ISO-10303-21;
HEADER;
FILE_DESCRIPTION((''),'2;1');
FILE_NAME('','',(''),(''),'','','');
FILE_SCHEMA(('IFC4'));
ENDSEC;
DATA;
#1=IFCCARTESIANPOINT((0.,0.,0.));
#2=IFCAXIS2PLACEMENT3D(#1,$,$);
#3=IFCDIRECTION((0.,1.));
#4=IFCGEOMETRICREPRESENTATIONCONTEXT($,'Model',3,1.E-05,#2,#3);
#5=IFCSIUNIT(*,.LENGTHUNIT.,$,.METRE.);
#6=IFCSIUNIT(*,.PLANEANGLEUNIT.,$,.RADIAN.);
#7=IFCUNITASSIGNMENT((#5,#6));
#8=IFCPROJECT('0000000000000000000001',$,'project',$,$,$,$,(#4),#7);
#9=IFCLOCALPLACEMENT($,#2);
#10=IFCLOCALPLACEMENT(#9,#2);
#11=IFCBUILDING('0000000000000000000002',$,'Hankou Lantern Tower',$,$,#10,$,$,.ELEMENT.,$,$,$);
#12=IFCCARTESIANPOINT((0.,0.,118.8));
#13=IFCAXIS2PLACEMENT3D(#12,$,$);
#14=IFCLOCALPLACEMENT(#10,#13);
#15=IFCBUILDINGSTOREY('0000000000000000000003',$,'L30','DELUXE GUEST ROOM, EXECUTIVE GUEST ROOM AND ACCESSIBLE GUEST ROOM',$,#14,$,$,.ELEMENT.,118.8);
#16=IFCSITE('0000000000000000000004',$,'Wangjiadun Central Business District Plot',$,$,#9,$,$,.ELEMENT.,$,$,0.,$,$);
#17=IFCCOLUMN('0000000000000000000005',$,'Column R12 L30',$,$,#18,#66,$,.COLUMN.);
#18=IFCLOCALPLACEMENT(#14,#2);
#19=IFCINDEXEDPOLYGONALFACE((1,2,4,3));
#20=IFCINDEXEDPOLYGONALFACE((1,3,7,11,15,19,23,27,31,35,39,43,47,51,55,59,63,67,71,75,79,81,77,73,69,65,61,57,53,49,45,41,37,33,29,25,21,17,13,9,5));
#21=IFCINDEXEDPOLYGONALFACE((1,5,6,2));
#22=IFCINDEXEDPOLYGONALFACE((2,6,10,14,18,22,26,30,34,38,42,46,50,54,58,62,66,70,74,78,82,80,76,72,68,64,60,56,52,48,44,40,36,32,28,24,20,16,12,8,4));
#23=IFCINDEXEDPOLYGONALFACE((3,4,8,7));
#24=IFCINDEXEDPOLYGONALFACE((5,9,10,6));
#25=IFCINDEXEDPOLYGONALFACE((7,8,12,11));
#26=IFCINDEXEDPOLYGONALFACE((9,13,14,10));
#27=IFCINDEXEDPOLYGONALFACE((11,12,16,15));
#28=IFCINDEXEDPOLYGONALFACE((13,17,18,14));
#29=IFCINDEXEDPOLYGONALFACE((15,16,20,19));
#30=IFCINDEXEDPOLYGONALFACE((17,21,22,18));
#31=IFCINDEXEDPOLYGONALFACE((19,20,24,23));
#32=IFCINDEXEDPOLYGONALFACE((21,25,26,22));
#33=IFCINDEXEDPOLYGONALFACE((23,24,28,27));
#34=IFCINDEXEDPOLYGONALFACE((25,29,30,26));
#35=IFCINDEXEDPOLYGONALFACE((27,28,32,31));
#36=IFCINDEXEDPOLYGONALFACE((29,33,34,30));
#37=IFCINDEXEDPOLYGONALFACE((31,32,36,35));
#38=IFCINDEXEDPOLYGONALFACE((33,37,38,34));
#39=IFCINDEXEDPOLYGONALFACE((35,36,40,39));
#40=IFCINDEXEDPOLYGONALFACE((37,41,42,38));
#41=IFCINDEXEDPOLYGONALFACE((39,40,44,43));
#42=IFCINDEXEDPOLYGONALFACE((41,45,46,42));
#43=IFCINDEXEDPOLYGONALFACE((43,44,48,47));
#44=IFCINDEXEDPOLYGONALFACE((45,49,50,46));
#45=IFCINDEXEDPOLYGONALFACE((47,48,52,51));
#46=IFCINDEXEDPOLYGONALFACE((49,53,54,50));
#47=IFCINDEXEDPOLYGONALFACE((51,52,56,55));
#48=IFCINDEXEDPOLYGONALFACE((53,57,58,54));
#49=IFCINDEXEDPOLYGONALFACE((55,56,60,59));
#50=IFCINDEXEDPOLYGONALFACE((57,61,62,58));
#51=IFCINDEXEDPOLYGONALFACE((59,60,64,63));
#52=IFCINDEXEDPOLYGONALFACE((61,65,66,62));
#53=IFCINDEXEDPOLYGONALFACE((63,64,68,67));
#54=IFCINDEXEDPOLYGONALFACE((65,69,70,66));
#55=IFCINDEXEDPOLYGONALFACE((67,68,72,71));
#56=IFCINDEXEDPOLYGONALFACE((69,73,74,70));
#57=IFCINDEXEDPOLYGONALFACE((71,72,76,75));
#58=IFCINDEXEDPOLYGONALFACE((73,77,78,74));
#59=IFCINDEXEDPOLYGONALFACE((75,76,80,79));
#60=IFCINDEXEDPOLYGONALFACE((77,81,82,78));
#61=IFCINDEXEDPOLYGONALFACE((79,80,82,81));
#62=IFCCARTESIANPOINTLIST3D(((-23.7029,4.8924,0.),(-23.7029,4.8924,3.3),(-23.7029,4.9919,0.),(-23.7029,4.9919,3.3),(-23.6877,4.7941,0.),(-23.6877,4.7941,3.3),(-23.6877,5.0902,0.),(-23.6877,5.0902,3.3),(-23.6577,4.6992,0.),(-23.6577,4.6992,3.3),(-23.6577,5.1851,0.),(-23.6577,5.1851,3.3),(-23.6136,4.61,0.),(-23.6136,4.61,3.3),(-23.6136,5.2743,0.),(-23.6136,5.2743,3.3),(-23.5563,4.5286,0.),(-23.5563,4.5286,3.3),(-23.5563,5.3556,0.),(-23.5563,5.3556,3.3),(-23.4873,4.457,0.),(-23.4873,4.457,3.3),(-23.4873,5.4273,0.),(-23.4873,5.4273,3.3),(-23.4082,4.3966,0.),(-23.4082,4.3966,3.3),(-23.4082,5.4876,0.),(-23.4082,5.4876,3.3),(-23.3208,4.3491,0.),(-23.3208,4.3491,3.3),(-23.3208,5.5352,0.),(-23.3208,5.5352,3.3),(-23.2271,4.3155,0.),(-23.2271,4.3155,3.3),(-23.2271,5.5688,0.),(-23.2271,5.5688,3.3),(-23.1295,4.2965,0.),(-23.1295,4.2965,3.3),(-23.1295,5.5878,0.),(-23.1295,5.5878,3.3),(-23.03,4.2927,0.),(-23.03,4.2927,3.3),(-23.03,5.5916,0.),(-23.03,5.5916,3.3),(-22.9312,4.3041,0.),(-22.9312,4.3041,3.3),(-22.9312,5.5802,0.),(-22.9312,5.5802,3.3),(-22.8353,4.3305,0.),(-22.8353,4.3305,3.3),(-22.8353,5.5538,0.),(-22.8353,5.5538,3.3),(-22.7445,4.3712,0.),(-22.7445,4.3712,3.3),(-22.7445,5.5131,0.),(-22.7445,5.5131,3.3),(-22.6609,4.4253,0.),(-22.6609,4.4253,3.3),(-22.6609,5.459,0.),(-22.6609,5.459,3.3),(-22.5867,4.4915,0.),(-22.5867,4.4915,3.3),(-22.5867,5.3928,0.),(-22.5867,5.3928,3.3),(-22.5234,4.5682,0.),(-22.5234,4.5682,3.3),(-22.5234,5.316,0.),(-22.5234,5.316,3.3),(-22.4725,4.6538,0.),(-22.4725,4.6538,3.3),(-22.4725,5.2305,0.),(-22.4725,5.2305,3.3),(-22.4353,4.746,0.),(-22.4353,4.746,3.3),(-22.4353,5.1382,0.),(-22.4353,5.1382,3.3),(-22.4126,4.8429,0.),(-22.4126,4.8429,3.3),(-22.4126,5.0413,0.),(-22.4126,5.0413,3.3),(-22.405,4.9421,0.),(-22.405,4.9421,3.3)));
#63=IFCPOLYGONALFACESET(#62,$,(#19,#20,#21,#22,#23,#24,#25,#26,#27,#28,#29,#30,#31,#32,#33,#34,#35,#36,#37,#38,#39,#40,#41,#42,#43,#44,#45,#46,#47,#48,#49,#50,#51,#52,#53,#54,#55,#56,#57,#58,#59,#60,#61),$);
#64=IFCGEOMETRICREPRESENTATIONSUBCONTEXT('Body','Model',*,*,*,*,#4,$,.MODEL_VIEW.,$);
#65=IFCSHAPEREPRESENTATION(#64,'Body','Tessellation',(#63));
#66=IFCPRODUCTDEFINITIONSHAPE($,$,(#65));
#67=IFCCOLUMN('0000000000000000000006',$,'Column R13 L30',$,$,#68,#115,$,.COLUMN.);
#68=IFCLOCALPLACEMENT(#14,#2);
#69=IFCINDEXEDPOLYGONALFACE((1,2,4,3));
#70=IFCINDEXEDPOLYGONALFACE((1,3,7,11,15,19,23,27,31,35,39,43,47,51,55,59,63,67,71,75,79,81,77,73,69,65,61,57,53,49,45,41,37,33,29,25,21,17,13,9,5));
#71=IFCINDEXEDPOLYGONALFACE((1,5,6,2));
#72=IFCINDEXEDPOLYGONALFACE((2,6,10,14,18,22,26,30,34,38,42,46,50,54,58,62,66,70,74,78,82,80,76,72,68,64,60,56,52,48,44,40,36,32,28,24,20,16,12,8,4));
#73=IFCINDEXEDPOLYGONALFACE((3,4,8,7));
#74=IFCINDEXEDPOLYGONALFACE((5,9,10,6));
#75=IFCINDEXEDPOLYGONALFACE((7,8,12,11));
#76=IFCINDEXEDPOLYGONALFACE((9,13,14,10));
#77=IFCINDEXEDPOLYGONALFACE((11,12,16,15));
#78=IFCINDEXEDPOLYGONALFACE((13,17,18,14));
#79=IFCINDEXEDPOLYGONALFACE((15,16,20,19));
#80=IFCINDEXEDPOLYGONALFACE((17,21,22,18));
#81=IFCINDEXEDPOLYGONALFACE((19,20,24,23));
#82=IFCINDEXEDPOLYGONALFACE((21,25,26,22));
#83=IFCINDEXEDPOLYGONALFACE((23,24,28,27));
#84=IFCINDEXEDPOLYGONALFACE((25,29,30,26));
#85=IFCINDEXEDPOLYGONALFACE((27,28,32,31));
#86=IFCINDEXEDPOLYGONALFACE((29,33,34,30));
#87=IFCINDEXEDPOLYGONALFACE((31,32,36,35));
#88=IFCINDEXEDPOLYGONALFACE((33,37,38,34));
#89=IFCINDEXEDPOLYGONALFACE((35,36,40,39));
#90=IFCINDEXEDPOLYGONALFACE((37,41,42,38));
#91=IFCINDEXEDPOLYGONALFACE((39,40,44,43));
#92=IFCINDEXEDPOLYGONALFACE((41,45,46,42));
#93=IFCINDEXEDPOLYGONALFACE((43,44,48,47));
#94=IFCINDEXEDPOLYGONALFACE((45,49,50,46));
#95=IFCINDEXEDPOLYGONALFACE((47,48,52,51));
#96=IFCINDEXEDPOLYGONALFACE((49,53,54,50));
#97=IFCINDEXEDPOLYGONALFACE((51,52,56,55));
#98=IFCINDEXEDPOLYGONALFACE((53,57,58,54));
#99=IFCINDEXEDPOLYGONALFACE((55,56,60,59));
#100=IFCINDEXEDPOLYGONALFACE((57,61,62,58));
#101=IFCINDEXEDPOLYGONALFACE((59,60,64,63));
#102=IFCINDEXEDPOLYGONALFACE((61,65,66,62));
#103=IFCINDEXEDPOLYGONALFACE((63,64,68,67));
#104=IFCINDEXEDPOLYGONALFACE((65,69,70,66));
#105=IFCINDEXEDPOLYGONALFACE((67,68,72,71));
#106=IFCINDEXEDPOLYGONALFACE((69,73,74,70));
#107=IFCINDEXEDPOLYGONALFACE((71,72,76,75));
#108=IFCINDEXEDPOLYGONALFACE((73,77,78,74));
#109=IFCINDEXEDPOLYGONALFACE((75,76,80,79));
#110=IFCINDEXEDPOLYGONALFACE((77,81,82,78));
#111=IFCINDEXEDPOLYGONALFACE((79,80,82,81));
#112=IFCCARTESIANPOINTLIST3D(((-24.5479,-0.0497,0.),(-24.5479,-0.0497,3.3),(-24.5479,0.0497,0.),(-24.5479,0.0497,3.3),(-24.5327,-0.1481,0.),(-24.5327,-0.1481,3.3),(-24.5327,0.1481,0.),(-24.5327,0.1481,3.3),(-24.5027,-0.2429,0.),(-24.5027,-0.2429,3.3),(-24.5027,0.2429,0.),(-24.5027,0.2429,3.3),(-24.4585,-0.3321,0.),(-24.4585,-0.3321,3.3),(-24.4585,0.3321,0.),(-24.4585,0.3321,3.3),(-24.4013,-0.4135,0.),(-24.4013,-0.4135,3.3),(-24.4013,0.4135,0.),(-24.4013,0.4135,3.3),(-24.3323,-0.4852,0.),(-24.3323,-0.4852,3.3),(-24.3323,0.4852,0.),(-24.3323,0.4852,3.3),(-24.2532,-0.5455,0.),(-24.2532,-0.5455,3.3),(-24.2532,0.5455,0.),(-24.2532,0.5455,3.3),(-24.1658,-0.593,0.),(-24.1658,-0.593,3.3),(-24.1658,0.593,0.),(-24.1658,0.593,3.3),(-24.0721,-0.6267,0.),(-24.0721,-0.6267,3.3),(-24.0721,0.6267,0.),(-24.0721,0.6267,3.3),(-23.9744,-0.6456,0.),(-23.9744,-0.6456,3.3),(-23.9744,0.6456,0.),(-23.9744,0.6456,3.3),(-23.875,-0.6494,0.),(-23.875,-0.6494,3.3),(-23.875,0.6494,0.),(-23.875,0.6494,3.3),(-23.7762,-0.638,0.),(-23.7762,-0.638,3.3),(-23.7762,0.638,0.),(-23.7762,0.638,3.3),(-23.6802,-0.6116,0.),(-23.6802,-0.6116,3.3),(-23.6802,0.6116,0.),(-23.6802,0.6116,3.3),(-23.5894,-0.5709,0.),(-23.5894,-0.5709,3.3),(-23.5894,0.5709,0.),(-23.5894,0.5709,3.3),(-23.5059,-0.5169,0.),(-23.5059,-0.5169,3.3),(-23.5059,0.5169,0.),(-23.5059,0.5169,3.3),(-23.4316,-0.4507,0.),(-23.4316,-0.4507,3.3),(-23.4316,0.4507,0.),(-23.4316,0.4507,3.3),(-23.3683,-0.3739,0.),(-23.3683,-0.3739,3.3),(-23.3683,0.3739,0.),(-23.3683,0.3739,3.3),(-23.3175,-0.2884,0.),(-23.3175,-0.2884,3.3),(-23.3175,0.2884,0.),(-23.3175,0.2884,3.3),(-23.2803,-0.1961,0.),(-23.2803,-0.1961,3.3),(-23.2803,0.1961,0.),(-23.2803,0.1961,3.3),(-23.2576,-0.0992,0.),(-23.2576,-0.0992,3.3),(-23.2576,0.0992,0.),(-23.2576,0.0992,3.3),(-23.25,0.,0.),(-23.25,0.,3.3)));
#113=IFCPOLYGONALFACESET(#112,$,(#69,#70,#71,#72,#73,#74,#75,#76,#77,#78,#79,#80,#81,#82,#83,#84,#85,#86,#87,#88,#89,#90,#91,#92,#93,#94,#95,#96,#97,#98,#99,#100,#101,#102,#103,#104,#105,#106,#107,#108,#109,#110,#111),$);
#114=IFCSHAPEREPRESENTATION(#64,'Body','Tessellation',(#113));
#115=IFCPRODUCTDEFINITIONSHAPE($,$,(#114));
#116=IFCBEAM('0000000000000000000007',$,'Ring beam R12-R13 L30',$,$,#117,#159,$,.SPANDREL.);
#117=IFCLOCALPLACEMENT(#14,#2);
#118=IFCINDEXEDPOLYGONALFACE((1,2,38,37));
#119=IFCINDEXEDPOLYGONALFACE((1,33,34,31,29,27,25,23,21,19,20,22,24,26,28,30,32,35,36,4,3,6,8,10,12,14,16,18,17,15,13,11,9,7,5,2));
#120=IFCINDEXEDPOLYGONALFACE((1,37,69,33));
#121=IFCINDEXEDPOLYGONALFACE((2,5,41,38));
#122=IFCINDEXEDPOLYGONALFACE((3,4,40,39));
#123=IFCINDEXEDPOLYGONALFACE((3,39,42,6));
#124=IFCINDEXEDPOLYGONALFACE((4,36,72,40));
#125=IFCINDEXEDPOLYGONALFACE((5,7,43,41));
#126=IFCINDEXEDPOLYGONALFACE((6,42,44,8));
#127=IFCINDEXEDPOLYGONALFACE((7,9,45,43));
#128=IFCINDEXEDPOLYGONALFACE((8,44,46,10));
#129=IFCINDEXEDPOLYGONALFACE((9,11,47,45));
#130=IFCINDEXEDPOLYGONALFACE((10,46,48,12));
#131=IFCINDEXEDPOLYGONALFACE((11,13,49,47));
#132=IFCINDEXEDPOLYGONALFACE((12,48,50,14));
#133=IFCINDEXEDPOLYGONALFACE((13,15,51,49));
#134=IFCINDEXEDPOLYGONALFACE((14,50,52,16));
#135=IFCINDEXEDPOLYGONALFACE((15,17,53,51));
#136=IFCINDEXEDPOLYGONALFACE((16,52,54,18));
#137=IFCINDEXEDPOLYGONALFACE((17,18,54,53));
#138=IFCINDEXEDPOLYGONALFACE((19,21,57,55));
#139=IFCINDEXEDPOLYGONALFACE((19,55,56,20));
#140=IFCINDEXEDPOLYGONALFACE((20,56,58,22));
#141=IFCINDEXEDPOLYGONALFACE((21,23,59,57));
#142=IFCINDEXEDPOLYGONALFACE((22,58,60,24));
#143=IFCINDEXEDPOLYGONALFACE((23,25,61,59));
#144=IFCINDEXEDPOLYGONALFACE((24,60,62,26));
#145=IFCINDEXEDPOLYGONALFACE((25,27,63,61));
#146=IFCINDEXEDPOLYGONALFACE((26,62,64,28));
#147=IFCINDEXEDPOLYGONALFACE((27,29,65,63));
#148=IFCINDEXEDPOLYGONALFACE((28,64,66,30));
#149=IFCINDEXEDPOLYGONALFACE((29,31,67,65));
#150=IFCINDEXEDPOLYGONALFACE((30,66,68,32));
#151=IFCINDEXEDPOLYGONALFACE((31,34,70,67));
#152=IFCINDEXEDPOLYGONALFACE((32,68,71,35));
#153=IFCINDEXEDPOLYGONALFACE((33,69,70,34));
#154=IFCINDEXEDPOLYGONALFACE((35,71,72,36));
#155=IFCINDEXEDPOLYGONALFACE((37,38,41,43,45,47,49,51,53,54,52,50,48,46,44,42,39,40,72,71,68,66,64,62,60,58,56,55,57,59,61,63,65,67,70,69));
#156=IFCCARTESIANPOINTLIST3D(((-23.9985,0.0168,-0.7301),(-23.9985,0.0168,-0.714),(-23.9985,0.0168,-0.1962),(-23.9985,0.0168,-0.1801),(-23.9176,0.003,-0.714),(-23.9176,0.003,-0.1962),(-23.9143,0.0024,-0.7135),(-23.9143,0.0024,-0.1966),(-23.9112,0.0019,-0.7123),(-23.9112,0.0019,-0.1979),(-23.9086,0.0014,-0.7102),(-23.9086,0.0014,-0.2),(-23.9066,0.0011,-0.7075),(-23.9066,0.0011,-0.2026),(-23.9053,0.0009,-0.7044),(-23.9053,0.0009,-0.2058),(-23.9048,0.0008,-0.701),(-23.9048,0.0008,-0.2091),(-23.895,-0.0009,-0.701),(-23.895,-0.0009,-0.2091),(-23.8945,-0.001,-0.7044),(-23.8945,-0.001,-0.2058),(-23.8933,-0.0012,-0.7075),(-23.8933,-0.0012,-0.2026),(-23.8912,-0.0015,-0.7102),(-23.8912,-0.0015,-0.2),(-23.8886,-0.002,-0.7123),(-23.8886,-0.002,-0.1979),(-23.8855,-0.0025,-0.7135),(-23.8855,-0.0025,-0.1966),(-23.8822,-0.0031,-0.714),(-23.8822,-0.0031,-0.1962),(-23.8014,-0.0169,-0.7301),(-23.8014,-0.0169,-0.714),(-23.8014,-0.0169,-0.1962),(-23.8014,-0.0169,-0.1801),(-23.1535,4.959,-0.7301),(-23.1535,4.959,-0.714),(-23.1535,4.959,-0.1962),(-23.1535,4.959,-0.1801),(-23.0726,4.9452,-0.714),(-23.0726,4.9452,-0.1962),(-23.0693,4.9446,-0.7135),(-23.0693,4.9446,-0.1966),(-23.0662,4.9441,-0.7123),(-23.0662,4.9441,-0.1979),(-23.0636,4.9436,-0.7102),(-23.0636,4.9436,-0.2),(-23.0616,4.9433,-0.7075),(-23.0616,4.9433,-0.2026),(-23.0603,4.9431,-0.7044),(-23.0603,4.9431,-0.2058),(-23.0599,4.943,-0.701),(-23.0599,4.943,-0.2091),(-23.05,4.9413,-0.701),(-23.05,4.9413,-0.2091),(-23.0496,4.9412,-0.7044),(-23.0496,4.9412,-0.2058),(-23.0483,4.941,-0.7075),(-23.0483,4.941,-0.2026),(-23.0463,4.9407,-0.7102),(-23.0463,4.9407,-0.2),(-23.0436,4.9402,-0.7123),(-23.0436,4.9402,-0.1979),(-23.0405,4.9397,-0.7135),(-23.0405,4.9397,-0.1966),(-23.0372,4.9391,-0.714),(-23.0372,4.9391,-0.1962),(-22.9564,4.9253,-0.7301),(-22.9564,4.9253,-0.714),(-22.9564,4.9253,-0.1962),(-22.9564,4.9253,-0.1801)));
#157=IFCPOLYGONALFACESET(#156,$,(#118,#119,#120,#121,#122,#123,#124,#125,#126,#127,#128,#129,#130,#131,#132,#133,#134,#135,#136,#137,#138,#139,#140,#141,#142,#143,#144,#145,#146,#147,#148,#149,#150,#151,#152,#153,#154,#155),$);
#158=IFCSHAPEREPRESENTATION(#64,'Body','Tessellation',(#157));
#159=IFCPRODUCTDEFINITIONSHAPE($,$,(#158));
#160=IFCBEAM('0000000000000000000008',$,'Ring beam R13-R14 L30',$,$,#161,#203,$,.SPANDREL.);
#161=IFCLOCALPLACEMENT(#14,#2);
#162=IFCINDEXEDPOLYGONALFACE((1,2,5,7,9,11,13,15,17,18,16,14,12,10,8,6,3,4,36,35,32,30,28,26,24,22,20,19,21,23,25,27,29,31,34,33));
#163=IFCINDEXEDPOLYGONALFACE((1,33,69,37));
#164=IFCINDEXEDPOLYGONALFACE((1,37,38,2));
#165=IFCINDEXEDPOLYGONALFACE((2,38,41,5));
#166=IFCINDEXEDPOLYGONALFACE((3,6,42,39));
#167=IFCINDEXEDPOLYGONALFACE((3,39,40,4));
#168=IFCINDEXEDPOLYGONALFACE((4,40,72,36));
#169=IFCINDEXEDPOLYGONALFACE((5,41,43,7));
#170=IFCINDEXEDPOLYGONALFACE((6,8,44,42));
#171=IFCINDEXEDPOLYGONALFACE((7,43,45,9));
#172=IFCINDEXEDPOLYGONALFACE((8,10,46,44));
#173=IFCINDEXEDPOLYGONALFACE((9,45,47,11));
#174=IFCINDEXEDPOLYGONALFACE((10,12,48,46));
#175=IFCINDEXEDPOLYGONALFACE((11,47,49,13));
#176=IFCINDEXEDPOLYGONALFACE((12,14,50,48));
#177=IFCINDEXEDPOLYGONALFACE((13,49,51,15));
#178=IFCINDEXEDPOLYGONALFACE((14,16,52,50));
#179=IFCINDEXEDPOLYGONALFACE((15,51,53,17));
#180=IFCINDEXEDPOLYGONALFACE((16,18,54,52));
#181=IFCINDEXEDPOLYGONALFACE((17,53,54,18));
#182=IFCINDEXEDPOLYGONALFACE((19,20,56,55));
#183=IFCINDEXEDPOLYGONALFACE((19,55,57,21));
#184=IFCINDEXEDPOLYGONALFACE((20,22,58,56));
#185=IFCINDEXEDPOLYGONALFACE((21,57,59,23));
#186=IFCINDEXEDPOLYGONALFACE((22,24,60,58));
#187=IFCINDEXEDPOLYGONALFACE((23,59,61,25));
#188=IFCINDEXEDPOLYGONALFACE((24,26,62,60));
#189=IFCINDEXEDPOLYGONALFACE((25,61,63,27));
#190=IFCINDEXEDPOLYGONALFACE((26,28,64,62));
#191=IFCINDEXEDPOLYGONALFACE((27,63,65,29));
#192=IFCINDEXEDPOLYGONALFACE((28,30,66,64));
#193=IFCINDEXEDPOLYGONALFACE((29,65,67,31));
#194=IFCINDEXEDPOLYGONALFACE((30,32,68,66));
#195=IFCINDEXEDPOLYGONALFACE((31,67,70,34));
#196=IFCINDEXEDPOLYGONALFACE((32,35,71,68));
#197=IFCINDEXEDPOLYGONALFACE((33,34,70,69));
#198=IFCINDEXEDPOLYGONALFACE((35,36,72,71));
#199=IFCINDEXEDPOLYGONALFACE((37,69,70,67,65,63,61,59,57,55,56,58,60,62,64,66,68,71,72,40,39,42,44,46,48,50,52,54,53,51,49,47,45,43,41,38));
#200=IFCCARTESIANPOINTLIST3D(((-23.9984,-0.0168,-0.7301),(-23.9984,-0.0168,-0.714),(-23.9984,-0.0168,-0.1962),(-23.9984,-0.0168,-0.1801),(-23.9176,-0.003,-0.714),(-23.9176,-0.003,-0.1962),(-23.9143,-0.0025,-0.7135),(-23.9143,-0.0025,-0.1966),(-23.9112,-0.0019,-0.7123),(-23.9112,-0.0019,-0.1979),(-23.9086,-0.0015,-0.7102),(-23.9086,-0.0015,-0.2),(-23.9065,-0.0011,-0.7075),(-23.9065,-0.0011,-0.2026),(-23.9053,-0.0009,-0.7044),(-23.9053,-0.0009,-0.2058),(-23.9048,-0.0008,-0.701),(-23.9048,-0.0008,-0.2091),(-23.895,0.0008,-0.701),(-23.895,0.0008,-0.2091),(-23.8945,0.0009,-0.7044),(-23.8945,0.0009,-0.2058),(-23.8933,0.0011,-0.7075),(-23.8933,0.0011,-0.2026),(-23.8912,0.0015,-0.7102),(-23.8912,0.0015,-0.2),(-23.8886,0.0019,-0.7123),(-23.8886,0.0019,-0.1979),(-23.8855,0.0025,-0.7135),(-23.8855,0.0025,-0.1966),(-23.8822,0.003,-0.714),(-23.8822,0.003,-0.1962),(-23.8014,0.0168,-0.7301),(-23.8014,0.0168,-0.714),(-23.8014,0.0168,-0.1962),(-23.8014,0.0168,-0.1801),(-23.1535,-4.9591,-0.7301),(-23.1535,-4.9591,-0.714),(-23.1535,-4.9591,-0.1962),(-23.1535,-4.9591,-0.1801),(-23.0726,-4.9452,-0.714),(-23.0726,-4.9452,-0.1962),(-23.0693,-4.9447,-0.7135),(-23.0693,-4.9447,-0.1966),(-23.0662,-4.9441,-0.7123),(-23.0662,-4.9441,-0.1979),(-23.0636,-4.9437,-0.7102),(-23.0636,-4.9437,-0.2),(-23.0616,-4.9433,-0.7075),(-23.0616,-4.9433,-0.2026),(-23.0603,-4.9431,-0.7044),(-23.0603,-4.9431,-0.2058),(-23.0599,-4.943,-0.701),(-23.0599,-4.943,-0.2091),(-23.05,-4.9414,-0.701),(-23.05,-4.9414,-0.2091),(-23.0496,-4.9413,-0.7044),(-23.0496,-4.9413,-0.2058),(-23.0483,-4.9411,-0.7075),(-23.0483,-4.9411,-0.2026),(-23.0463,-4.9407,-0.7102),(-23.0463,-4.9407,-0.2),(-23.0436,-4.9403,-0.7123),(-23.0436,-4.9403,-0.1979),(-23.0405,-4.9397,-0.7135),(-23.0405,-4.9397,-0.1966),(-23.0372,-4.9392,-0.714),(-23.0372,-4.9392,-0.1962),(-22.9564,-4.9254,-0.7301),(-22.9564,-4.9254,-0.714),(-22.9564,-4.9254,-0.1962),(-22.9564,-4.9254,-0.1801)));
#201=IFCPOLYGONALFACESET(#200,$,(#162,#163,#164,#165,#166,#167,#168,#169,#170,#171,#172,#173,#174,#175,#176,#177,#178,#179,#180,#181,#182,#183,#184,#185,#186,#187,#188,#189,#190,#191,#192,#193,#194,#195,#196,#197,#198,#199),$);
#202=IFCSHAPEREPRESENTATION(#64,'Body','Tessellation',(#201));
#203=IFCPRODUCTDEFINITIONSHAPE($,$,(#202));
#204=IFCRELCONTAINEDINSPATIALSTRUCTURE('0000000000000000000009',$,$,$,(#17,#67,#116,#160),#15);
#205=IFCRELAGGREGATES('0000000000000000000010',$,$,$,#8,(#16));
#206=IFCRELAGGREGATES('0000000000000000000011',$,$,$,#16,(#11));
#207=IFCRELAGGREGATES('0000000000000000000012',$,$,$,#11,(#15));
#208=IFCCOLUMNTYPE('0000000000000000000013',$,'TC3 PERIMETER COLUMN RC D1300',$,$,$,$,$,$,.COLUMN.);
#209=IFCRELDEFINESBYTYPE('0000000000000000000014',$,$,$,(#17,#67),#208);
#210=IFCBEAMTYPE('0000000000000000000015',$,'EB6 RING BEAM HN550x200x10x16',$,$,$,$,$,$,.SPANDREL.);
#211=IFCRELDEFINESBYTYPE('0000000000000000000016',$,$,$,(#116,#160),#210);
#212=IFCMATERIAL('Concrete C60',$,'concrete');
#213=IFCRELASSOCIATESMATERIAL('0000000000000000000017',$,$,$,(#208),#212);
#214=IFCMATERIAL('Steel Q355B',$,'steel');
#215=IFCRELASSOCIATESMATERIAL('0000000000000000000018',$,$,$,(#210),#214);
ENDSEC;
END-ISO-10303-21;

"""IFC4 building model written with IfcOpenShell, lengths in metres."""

from ifc_helpers import new_model, si_unit, direction, frame, origin, origin_2d, place, context, subcontext, project, spatial, circle, i_section, extrude, material, material_profile, profile_set, type_object, element, save


model = new_model("IFC4")

# Units and contexts
model_context = context("Model", 3, precision=1e-05, world=origin(), true_north=direction((0.0, 1.0)))
body_context = subcontext(model_context, "Body", "Model", "MODEL_VIEW")
ifc_project = project(units=[si_unit("LENGTHUNIT", "METRE"), si_unit("PLANEANGLEUNIT", "RADIAN")], contexts=[model_context])

# Site, building, storey
site_placement = place(None, origin())
site = spatial("IfcSite", under=ifc_project, at=site_placement, Name="Wangjiadun Central Business District Plot", CompositionType="ELEMENT", RefElevation=0.0)
building_placement = place(site_placement, origin())
building = spatial("IfcBuilding", under=site, at=building_placement, Name="Hankou Lantern Tower", CompositionType="ELEMENT")
storey_placement = place(building_placement, frame((0.0, 0.0, 118.8)))
storey = spatial("IfcBuildingStorey", under=building, at=storey_placement, Name="L30", Description="DELUXE GUEST ROOM, EXECUTIVE GUEST ROOM AND ACCESSIBLE GUEST ROOM", CompositionType="ELEMENT", Elevation=118.8)

# Columns
ifc_material_1 = material(Name="Concrete C60", Category="concrete")
ifc_material_profile_1 = material_profile(ifc_material_1, circle(Radius=0.6499, at=origin_2d()), Name="RC D1300")
ifc_profile_set_1 = profile_set([ifc_material_profile_1], Name="Concrete C60")
column_type = type_object("IfcColumnType", Name="TC3 PERIMETER COLUMN RC D1300", PredefinedType="COLUMN", material=ifc_profile_set_1)
for number, where, z_axis, x_axis, name in (
    (1, (-23.0549, 4.9421, 0.0), (0.0, 0.0, 1.0), (1.0, 0.0, 0.0), "Column R12 L30"),
    (2, (-23.8999, 0.0, 0.0), (0.0, 0.0, 1.0), (1.0, 0.0, 0.0), "Column R13 L30"),
):
    element("IfcColumn", number, at=place(storey_placement, frame(where, z_axis=z_axis, x_axis=x_axis)), inside=storey, type_object=column_type, Name=name, PredefinedType="COLUMN", context=body_context, shape_type="SweptSolid", body=[
        extrude(circle(Radius=0.6499, at=origin_2d()), origin(), (0.0, 0.0, 1.0), 3.3),
    ])

# Beams
ifc_material_2 = material(Name="Steel Q355B", Category="steel")
ifc_material_profile_2 = material_profile(ifc_material_2, i_section(OverallWidth=0.2, OverallDepth=0.55, WebThickness=0.01, FlangeThickness=0.0161, FilletRadius=0.0129, at=origin_2d()), Name="HN550x200x10x16")
ifc_profile_set_2 = profile_set([ifc_material_profile_2], Name="Steel Q355B")
beam_type_1 = type_object("IfcBeamType", Name="EB6 RING BEAM HN550x200x10x16", PredefinedType="SPANDREL", material=ifc_profile_set_2)
for number, where, z_axis, x_axis, name in (
    (3, (-23.0549, 4.9421, -0.4551), (-0.168527, -0.985697, 0.0), (0.985697, -0.168527, 0.0), "Ring beam R12-R13 L30"),
    (4, (-23.8999, 0.0, -0.4551), (0.168527, -0.985697, 0.0), (0.985697, 0.168527, 0.0), "Ring beam R13-R14 L30"),
):
    element("IfcBeam", number, at=place(storey_placement, frame(where, z_axis=z_axis, x_axis=x_axis)), inside=storey, type_object=beam_type_1, Name=name, PredefinedType="SPANDREL", context=body_context, shape_type="SweptSolid", body=[
        extrude(i_section(OverallWidth=0.2, OverallDepth=0.55, WebThickness=0.01, FlangeThickness=0.0161, FilletRadius=0.0129, at=origin_2d()), origin(), (0.0, 0.0, 1.0), 5.0139),
    ])

save(model, "model.ifc")
